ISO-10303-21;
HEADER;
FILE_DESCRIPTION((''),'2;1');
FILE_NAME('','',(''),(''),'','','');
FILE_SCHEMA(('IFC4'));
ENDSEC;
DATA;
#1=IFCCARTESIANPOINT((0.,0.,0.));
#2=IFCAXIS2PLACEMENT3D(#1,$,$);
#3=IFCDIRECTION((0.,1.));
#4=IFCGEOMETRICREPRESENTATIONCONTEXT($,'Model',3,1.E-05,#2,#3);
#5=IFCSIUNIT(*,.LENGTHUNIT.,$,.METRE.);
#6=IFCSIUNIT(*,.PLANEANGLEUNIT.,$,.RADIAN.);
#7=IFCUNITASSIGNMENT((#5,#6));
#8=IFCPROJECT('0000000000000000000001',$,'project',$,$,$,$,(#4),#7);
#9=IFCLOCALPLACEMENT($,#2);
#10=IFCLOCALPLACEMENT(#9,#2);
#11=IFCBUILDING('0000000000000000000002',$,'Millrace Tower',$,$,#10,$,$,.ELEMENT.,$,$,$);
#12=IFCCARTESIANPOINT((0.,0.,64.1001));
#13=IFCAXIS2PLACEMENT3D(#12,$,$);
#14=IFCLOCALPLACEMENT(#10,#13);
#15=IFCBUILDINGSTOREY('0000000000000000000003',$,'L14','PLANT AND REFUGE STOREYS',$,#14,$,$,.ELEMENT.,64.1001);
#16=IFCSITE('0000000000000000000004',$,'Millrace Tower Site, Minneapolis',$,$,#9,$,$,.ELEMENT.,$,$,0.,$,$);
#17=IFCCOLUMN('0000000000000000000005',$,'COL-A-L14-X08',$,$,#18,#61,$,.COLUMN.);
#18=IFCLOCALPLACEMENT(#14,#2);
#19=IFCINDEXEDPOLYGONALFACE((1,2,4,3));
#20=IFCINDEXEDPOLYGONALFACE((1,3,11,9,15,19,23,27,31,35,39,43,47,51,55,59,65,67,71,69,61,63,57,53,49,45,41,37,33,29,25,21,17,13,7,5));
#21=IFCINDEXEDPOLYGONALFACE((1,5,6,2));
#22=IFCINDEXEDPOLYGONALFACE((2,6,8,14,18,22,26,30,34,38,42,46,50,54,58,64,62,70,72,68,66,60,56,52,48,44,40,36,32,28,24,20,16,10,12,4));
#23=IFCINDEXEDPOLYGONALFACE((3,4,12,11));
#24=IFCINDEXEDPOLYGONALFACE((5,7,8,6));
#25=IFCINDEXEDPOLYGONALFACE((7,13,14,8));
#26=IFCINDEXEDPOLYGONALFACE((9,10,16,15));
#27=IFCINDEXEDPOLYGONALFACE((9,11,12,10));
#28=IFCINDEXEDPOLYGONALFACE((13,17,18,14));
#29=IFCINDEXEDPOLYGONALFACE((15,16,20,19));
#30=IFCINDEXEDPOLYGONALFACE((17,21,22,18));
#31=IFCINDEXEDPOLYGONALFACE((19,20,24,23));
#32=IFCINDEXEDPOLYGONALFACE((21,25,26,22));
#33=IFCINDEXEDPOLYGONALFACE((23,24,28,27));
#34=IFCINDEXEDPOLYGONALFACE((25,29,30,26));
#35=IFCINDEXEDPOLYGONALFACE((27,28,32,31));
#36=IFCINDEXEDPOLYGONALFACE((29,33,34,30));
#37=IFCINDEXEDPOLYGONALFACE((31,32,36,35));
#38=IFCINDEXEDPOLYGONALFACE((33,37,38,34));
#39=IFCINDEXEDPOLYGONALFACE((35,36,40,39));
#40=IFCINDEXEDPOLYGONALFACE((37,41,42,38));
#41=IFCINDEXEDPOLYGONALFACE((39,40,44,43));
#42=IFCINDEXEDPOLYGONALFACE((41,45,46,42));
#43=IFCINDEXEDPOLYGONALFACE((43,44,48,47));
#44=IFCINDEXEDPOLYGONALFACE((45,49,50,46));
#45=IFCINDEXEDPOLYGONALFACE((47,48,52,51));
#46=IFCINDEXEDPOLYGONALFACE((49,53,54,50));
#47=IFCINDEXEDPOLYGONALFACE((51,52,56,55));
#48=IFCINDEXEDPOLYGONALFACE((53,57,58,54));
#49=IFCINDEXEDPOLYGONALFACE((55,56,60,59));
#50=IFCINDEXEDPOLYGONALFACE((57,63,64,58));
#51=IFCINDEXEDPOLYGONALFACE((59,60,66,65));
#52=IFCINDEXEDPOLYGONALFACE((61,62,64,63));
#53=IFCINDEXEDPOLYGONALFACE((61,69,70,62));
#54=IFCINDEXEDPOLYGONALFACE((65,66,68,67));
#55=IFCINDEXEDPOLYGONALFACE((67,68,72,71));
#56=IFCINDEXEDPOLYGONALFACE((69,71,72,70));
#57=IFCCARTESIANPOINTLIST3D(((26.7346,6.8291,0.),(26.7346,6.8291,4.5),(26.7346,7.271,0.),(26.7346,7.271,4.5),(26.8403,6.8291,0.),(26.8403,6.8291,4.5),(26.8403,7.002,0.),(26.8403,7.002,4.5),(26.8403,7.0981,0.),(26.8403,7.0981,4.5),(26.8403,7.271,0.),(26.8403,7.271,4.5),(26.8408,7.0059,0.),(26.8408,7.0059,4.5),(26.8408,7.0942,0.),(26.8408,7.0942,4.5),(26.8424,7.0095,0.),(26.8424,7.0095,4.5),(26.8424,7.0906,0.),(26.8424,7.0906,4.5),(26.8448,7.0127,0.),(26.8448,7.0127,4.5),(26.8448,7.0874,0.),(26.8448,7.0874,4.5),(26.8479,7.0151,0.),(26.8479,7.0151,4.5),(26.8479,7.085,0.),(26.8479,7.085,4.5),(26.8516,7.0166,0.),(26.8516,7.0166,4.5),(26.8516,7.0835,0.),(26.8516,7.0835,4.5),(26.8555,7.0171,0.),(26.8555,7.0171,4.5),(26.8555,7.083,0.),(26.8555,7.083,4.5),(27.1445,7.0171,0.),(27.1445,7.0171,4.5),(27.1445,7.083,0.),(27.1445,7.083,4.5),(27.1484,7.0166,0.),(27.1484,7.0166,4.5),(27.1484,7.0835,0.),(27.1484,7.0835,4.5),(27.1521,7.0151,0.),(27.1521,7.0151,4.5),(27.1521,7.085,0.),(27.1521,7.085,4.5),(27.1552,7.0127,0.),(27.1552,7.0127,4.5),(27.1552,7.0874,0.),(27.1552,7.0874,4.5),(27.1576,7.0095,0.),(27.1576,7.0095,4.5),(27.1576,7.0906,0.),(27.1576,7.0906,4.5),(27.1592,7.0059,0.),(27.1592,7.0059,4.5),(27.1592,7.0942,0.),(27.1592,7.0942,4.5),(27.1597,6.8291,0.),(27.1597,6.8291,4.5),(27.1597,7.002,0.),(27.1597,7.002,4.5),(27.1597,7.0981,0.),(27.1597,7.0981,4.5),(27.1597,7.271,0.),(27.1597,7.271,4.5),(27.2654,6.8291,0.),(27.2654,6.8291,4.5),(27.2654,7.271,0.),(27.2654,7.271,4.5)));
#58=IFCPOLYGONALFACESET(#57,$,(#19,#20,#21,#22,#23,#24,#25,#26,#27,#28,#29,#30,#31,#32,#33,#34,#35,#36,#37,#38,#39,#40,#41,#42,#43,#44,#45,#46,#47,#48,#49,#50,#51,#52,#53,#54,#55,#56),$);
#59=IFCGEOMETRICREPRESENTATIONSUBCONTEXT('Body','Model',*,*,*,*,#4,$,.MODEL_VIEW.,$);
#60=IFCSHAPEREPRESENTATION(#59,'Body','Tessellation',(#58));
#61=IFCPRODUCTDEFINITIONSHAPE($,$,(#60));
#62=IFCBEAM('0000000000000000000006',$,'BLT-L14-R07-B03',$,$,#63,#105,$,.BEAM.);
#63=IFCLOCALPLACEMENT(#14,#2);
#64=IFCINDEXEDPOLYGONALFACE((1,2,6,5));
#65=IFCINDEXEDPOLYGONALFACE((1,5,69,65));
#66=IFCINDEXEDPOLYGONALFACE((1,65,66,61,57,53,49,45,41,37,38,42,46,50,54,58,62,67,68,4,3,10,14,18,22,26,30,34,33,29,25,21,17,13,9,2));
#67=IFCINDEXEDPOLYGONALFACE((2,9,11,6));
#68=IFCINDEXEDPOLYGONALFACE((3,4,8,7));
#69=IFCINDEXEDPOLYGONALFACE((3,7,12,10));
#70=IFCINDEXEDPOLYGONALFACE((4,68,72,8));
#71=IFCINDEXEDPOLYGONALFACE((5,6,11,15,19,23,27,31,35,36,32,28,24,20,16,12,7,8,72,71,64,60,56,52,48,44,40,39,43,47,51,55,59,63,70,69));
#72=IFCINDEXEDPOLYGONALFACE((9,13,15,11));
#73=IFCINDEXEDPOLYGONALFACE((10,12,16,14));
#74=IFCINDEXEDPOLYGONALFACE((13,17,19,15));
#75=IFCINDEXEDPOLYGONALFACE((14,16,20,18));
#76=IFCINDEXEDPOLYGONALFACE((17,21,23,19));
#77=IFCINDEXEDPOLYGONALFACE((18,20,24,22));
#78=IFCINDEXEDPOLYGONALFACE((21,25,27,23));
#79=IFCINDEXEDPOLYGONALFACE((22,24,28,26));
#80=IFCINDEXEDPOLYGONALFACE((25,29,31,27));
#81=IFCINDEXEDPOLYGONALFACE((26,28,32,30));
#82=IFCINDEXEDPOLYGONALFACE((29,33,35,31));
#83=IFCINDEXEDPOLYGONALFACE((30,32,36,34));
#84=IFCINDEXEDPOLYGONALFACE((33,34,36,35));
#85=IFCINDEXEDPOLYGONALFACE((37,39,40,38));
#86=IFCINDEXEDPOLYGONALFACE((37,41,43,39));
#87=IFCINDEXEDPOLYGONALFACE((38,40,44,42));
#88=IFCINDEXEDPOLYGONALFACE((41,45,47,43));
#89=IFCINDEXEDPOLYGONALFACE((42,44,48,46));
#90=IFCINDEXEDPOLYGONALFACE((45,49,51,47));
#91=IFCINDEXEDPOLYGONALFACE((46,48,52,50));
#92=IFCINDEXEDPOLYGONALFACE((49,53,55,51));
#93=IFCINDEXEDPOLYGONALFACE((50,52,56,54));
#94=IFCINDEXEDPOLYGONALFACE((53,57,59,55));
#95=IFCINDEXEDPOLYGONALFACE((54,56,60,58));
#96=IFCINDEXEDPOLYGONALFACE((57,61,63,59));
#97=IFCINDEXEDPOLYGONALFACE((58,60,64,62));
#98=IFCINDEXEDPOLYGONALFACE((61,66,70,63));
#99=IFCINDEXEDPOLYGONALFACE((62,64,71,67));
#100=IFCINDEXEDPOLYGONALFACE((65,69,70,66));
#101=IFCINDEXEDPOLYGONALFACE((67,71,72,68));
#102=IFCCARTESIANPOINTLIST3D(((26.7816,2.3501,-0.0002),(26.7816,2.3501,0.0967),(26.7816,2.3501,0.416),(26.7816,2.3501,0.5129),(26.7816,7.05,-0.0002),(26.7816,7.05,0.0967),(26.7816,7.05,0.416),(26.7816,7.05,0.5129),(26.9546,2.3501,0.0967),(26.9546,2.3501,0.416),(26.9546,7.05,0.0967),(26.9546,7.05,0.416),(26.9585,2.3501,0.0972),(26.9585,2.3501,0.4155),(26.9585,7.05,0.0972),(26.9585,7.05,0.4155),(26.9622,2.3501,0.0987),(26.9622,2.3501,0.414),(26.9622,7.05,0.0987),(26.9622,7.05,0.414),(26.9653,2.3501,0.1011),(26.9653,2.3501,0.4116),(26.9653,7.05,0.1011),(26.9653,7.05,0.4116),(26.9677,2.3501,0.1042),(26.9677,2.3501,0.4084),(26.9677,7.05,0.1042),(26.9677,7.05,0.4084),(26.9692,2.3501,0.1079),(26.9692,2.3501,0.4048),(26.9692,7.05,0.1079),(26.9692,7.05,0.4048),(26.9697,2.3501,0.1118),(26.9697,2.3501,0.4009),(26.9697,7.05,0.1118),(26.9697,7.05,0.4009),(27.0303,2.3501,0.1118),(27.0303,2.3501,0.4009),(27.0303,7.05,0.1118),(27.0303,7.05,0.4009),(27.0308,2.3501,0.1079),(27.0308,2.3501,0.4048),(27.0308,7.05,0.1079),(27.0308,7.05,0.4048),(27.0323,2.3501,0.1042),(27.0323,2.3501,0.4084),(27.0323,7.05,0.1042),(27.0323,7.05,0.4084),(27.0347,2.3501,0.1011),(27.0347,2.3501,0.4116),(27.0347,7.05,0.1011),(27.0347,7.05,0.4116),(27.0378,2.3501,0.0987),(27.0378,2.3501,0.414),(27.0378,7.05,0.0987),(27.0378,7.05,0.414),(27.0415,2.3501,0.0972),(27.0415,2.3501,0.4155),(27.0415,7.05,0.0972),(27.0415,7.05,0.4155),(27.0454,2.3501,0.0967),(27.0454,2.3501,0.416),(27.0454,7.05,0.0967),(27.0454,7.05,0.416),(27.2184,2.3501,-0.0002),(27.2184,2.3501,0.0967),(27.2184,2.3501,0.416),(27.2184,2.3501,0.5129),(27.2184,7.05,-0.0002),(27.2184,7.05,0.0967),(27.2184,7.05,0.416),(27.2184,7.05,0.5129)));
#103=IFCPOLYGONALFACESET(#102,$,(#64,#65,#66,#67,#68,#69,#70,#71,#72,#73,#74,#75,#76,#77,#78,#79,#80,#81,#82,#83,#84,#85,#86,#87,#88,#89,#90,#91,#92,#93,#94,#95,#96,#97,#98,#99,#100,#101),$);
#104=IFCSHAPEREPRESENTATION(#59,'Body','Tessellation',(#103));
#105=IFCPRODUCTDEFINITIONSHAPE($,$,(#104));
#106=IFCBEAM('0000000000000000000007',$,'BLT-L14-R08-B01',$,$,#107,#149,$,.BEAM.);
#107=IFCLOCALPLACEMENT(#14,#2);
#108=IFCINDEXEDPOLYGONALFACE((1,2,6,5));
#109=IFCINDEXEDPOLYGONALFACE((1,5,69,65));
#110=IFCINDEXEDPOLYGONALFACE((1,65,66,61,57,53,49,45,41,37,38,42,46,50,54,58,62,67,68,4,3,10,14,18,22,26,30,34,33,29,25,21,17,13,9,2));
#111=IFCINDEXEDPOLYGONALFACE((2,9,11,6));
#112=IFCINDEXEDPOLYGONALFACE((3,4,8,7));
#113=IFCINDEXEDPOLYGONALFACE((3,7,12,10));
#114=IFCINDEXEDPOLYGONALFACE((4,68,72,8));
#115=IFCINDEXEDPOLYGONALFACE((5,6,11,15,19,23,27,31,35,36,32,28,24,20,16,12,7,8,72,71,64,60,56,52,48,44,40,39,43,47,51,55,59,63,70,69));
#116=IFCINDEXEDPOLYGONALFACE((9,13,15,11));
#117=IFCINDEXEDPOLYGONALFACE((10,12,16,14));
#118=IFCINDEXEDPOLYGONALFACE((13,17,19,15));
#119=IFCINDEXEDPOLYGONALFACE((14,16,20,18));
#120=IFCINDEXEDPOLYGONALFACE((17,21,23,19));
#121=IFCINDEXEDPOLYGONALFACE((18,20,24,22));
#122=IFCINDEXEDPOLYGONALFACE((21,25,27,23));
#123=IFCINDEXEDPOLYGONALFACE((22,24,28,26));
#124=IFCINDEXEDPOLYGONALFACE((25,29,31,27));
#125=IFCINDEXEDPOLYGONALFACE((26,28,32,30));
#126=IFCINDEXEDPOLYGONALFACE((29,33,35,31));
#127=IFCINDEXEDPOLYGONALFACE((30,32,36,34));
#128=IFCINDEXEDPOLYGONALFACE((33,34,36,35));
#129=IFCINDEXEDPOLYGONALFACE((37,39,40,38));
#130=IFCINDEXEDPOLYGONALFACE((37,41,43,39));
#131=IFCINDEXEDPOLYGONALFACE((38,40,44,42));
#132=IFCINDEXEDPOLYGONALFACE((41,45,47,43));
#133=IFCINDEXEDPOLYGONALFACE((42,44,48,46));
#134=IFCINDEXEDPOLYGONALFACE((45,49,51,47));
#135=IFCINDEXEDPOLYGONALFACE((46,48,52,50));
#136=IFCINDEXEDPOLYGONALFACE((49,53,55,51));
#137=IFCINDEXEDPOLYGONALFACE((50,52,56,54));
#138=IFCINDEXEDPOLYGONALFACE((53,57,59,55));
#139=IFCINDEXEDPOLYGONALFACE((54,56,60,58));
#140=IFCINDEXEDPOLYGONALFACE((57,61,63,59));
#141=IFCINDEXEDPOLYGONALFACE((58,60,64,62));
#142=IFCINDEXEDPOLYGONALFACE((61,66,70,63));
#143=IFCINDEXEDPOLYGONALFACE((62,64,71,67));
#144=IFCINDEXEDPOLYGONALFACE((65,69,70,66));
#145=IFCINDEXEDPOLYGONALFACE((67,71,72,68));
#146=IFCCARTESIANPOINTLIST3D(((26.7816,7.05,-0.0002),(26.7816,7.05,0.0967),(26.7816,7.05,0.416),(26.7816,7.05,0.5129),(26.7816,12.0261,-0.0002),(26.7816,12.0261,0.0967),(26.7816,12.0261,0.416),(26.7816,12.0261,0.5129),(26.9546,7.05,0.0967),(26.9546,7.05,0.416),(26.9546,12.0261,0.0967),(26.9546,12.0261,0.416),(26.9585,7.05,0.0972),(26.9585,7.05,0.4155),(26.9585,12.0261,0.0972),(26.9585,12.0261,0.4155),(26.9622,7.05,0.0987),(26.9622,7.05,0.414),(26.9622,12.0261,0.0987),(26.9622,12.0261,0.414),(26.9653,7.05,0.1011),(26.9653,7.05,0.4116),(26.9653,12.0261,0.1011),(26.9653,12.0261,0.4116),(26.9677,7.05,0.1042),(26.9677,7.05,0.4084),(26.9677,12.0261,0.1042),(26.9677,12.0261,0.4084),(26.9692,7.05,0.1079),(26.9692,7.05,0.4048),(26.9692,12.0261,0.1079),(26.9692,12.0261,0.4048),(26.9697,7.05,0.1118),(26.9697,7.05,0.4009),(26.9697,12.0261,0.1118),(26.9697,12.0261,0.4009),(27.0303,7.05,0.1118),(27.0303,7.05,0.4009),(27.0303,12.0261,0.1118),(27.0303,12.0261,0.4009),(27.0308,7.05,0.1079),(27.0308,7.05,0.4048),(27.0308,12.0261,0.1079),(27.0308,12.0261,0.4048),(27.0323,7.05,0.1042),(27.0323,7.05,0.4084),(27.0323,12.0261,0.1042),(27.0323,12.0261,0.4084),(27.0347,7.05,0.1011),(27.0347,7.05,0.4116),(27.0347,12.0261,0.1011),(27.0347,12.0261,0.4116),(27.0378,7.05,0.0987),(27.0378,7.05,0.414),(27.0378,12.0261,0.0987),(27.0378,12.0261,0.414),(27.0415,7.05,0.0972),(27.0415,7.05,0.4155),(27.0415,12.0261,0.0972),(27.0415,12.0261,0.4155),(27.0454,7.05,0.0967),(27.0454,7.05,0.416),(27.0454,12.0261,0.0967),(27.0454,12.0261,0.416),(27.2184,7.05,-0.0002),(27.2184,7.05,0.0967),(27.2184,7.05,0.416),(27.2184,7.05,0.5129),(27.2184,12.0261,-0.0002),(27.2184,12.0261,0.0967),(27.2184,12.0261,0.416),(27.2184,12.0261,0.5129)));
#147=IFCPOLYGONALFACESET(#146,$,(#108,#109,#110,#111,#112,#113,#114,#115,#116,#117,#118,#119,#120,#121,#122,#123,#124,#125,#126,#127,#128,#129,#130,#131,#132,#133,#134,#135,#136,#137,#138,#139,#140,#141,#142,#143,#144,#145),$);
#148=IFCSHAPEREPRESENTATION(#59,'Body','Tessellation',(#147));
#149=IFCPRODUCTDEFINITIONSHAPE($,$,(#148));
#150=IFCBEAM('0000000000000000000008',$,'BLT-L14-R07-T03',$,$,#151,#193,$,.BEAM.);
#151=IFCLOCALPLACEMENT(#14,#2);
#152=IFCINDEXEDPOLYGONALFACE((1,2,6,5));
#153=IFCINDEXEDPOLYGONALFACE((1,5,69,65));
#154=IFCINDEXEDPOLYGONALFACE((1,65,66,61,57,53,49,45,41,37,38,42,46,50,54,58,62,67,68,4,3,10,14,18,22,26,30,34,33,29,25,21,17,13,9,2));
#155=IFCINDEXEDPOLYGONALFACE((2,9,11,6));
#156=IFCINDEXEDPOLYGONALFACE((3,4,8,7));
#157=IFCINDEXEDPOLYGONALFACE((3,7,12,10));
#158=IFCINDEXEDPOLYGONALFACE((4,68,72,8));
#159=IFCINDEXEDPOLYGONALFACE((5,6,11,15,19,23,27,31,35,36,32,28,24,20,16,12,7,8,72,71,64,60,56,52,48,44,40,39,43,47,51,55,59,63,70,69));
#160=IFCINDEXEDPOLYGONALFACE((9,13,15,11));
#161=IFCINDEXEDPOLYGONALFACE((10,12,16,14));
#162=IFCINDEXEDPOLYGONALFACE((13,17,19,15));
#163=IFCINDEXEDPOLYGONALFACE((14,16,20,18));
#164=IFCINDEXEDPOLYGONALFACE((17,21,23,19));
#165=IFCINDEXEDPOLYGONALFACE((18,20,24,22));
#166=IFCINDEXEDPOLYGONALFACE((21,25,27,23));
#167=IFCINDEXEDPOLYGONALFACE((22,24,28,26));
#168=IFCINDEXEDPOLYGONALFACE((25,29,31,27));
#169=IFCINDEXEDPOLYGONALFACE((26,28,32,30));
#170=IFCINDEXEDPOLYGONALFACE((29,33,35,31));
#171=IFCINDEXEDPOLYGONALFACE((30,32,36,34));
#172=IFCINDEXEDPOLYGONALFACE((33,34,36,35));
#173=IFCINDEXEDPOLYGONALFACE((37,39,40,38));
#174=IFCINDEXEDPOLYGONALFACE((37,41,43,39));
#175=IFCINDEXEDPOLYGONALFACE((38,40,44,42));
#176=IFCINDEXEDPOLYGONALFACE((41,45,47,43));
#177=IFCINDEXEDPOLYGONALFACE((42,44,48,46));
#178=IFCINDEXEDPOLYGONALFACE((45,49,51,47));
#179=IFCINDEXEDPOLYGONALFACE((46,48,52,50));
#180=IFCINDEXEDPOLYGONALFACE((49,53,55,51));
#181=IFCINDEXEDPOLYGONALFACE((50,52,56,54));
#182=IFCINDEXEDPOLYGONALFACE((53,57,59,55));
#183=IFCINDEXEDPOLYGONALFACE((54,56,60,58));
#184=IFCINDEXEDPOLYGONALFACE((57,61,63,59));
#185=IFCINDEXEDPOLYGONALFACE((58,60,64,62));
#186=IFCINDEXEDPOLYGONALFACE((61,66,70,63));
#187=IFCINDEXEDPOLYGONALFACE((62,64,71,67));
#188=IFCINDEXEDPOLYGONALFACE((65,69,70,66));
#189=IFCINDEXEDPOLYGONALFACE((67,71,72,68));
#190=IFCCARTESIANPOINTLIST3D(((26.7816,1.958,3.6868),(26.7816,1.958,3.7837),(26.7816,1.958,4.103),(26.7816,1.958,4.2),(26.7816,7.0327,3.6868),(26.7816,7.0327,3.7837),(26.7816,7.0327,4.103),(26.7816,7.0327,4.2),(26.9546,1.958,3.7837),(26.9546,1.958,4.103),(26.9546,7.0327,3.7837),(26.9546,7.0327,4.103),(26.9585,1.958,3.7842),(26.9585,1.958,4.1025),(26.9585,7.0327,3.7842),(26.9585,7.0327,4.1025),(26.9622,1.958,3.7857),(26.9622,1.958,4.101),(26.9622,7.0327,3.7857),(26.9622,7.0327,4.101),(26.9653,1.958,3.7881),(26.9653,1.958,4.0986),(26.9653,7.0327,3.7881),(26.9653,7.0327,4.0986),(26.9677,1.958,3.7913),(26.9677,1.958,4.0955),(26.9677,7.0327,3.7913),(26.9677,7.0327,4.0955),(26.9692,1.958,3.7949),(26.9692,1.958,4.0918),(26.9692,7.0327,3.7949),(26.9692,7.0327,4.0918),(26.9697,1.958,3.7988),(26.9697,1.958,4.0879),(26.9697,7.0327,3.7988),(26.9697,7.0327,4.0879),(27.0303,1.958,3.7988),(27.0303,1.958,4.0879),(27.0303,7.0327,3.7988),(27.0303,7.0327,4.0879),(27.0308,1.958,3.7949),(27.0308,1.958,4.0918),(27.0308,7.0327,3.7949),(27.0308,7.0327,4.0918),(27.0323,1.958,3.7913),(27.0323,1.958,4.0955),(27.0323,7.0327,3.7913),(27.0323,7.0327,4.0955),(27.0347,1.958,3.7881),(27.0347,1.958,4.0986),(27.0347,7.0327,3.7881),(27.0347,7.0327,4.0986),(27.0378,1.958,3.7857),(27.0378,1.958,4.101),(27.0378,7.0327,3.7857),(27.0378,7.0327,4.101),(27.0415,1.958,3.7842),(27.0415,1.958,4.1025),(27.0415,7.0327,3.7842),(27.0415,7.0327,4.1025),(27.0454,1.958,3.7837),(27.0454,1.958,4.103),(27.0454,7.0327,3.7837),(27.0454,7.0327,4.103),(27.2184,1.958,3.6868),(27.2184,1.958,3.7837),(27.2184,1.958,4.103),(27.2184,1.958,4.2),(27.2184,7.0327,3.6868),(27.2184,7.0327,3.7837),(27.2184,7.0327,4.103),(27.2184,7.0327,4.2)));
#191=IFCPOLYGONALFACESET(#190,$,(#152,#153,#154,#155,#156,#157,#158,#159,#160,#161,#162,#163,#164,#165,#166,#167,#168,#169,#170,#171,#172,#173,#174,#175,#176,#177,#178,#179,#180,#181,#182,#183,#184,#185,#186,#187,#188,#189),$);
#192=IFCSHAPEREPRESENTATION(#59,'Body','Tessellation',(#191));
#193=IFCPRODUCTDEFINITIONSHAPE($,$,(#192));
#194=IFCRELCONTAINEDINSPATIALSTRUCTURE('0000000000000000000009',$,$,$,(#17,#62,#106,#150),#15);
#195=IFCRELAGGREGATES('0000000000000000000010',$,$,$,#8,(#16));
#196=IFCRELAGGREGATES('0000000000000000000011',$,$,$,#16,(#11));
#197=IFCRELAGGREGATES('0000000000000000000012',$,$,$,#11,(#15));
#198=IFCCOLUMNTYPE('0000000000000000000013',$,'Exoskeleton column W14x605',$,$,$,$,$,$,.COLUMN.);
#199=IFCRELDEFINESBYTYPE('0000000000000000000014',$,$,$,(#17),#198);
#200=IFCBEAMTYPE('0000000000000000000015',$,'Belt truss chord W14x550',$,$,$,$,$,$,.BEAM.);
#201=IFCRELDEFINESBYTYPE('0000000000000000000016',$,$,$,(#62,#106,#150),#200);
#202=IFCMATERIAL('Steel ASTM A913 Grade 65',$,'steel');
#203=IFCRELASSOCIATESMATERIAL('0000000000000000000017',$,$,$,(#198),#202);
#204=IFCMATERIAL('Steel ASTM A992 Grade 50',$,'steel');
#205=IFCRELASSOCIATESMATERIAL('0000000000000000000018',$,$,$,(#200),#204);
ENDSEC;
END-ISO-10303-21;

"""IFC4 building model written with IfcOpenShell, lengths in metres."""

from ifc_helpers import new_model, si_unit, direction, frame, origin, origin_2d, place, context, subcontext, project, spatial, i_section, extrude, material, material_profile, profile_set, type_object, element, save


model = new_model("IFC4")

# Units and contexts
model_context = context("Model", 3, precision=1e-05, world=origin(), true_north=direction((0.0, 1.0)))
body_context = subcontext(model_context, "Body", "Model", "MODEL_VIEW")
ifc_project = project(units=[si_unit("LENGTHUNIT", "METRE"), si_unit("PLANEANGLEUNIT", "RADIAN")], contexts=[model_context])

# Site, building, storey
site_placement = place(None, origin())
site = spatial("IfcSite", under=ifc_project, at=site_placement, Name="Millrace Tower Site, Minneapolis", CompositionType="ELEMENT", RefElevation=0.0)
building_placement = place(site_placement, origin())
building = spatial("IfcBuilding", under=site, at=building_placement, Name="Millrace Tower", CompositionType="ELEMENT")
storey_placement = place(building_placement, frame((0.0, 0.0, 64.1001)))
storey = spatial("IfcBuildingStorey", under=building, at=storey_placement, Name="L14", Description="PLANT AND REFUGE STOREYS", CompositionType="ELEMENT", Elevation=64.1001)

# Column
ifc_material_1 = material(Name="Steel ASTM A913 Grade 65", Category="steel")
ifc_material_profile_1 = material_profile(ifc_material_1, i_section(OverallWidth=0.4419, OverallDepth=0.5308, WebThickness=0.0659, FlangeThickness=0.1057, FilletRadius=0.0151, at=origin_2d()))
ifc_profile_set_1 = profile_set([ifc_material_profile_1], Name="Steel ASTM A913 Grade 65")
column_type = type_object("IfcColumnType", Name="Exoskeleton column W14x605", PredefinedType="COLUMN", material=ifc_profile_set_1)
column_placement = place(storey_placement, frame((27.0, 7.05, 0.0), z_axis=(0.0, 0.0, 1.0), x_axis=(0.0, 1.0, 0.0)))
element("IfcColumn", 1, at=column_placement, inside=storey, type_object=column_type, Name="COL-A-L14-X08", PredefinedType="COLUMN", context=body_context, shape_type="SweptSolid", body=[
    extrude(i_section(OverallWidth=0.4419, OverallDepth=0.5308, WebThickness=0.0659, FlangeThickness=0.1057, FilletRadius=0.0151, at=origin_2d()), origin(), (0.0, 0.0, 1.0), 4.5),
])

# Beams
ifc_material_2 = material(Name="Steel ASTM A992 Grade 50", Category="steel")
ifc_material_profile_2 = material_profile(ifc_material_2, i_section(OverallWidth=0.4368, OverallDepth=0.5132, WebThickness=0.0605, FlangeThickness=0.0969, FilletRadius=0.0151, at=origin_2d()))
ifc_profile_set_2 = profile_set([ifc_material_profile_2], Name="Steel ASTM A992 Grade 50")
beam_type_1 = type_object("IfcBeamType", Name="Belt truss chord W14x550", PredefinedType="BEAM", material=ifc_profile_set_2)
beam_1_placement = place(storey_placement, frame((27.0, 2.3501, 0.2563), z_axis=(0.0, 1.0, 0.0), x_axis=(-1.0, 0.0, 0.0)))
element("IfcBeam", 2, at=beam_1_placement, inside=storey, type_object=beam_type_1, Name="BLT-L14-R07-B03", PredefinedType="BEAM", context=body_context, shape_type="SweptSolid", body=[
    extrude(i_section(OverallWidth=0.4368, OverallDepth=0.5132, WebThickness=0.0605, FlangeThickness=0.0969, FilletRadius=0.0151, at=origin_2d()), origin(), (0.0, 0.0, 1.0), 4.7),
])
beam_2_placement = place(storey_placement, frame((27.0, 7.05, 0.2563), z_axis=(0.0, 1.0, 0.0), x_axis=(-1.0, 0.0, 0.0)))
element("IfcBeam", 3, at=beam_2_placement, inside=storey, type_object=beam_type_1, Name="BLT-L14-R08-B01", PredefinedType="BEAM", context=body_context, shape_type="SweptSolid", body=[
    extrude(i_section(OverallWidth=0.4368, OverallDepth=0.5132, WebThickness=0.0605, FlangeThickness=0.0969, FilletRadius=0.0151, at=origin_2d()), origin(), (0.0, 0.0, 1.0), 4.9761),
])
beam_3_placement = place(storey_placement, frame((27.0, 1.958, 3.9434), z_axis=(0.0, 1.0, 0.0), x_axis=(-1.0, 0.0, 0.0)))
element("IfcBeam", 4, at=beam_3_placement, inside=storey, type_object=beam_type_1, Name="BLT-L14-R07-T03", PredefinedType="BEAM", context=body_context, shape_type="SweptSolid", body=[
    extrude(i_section(OverallWidth=0.4368, OverallDepth=0.5132, WebThickness=0.0605, FlangeThickness=0.0969, FilletRadius=0.0151, at=origin_2d()), origin(), (0.0, 0.0, 1.0), 5.0747),
])

save(model, "model.ifc")
